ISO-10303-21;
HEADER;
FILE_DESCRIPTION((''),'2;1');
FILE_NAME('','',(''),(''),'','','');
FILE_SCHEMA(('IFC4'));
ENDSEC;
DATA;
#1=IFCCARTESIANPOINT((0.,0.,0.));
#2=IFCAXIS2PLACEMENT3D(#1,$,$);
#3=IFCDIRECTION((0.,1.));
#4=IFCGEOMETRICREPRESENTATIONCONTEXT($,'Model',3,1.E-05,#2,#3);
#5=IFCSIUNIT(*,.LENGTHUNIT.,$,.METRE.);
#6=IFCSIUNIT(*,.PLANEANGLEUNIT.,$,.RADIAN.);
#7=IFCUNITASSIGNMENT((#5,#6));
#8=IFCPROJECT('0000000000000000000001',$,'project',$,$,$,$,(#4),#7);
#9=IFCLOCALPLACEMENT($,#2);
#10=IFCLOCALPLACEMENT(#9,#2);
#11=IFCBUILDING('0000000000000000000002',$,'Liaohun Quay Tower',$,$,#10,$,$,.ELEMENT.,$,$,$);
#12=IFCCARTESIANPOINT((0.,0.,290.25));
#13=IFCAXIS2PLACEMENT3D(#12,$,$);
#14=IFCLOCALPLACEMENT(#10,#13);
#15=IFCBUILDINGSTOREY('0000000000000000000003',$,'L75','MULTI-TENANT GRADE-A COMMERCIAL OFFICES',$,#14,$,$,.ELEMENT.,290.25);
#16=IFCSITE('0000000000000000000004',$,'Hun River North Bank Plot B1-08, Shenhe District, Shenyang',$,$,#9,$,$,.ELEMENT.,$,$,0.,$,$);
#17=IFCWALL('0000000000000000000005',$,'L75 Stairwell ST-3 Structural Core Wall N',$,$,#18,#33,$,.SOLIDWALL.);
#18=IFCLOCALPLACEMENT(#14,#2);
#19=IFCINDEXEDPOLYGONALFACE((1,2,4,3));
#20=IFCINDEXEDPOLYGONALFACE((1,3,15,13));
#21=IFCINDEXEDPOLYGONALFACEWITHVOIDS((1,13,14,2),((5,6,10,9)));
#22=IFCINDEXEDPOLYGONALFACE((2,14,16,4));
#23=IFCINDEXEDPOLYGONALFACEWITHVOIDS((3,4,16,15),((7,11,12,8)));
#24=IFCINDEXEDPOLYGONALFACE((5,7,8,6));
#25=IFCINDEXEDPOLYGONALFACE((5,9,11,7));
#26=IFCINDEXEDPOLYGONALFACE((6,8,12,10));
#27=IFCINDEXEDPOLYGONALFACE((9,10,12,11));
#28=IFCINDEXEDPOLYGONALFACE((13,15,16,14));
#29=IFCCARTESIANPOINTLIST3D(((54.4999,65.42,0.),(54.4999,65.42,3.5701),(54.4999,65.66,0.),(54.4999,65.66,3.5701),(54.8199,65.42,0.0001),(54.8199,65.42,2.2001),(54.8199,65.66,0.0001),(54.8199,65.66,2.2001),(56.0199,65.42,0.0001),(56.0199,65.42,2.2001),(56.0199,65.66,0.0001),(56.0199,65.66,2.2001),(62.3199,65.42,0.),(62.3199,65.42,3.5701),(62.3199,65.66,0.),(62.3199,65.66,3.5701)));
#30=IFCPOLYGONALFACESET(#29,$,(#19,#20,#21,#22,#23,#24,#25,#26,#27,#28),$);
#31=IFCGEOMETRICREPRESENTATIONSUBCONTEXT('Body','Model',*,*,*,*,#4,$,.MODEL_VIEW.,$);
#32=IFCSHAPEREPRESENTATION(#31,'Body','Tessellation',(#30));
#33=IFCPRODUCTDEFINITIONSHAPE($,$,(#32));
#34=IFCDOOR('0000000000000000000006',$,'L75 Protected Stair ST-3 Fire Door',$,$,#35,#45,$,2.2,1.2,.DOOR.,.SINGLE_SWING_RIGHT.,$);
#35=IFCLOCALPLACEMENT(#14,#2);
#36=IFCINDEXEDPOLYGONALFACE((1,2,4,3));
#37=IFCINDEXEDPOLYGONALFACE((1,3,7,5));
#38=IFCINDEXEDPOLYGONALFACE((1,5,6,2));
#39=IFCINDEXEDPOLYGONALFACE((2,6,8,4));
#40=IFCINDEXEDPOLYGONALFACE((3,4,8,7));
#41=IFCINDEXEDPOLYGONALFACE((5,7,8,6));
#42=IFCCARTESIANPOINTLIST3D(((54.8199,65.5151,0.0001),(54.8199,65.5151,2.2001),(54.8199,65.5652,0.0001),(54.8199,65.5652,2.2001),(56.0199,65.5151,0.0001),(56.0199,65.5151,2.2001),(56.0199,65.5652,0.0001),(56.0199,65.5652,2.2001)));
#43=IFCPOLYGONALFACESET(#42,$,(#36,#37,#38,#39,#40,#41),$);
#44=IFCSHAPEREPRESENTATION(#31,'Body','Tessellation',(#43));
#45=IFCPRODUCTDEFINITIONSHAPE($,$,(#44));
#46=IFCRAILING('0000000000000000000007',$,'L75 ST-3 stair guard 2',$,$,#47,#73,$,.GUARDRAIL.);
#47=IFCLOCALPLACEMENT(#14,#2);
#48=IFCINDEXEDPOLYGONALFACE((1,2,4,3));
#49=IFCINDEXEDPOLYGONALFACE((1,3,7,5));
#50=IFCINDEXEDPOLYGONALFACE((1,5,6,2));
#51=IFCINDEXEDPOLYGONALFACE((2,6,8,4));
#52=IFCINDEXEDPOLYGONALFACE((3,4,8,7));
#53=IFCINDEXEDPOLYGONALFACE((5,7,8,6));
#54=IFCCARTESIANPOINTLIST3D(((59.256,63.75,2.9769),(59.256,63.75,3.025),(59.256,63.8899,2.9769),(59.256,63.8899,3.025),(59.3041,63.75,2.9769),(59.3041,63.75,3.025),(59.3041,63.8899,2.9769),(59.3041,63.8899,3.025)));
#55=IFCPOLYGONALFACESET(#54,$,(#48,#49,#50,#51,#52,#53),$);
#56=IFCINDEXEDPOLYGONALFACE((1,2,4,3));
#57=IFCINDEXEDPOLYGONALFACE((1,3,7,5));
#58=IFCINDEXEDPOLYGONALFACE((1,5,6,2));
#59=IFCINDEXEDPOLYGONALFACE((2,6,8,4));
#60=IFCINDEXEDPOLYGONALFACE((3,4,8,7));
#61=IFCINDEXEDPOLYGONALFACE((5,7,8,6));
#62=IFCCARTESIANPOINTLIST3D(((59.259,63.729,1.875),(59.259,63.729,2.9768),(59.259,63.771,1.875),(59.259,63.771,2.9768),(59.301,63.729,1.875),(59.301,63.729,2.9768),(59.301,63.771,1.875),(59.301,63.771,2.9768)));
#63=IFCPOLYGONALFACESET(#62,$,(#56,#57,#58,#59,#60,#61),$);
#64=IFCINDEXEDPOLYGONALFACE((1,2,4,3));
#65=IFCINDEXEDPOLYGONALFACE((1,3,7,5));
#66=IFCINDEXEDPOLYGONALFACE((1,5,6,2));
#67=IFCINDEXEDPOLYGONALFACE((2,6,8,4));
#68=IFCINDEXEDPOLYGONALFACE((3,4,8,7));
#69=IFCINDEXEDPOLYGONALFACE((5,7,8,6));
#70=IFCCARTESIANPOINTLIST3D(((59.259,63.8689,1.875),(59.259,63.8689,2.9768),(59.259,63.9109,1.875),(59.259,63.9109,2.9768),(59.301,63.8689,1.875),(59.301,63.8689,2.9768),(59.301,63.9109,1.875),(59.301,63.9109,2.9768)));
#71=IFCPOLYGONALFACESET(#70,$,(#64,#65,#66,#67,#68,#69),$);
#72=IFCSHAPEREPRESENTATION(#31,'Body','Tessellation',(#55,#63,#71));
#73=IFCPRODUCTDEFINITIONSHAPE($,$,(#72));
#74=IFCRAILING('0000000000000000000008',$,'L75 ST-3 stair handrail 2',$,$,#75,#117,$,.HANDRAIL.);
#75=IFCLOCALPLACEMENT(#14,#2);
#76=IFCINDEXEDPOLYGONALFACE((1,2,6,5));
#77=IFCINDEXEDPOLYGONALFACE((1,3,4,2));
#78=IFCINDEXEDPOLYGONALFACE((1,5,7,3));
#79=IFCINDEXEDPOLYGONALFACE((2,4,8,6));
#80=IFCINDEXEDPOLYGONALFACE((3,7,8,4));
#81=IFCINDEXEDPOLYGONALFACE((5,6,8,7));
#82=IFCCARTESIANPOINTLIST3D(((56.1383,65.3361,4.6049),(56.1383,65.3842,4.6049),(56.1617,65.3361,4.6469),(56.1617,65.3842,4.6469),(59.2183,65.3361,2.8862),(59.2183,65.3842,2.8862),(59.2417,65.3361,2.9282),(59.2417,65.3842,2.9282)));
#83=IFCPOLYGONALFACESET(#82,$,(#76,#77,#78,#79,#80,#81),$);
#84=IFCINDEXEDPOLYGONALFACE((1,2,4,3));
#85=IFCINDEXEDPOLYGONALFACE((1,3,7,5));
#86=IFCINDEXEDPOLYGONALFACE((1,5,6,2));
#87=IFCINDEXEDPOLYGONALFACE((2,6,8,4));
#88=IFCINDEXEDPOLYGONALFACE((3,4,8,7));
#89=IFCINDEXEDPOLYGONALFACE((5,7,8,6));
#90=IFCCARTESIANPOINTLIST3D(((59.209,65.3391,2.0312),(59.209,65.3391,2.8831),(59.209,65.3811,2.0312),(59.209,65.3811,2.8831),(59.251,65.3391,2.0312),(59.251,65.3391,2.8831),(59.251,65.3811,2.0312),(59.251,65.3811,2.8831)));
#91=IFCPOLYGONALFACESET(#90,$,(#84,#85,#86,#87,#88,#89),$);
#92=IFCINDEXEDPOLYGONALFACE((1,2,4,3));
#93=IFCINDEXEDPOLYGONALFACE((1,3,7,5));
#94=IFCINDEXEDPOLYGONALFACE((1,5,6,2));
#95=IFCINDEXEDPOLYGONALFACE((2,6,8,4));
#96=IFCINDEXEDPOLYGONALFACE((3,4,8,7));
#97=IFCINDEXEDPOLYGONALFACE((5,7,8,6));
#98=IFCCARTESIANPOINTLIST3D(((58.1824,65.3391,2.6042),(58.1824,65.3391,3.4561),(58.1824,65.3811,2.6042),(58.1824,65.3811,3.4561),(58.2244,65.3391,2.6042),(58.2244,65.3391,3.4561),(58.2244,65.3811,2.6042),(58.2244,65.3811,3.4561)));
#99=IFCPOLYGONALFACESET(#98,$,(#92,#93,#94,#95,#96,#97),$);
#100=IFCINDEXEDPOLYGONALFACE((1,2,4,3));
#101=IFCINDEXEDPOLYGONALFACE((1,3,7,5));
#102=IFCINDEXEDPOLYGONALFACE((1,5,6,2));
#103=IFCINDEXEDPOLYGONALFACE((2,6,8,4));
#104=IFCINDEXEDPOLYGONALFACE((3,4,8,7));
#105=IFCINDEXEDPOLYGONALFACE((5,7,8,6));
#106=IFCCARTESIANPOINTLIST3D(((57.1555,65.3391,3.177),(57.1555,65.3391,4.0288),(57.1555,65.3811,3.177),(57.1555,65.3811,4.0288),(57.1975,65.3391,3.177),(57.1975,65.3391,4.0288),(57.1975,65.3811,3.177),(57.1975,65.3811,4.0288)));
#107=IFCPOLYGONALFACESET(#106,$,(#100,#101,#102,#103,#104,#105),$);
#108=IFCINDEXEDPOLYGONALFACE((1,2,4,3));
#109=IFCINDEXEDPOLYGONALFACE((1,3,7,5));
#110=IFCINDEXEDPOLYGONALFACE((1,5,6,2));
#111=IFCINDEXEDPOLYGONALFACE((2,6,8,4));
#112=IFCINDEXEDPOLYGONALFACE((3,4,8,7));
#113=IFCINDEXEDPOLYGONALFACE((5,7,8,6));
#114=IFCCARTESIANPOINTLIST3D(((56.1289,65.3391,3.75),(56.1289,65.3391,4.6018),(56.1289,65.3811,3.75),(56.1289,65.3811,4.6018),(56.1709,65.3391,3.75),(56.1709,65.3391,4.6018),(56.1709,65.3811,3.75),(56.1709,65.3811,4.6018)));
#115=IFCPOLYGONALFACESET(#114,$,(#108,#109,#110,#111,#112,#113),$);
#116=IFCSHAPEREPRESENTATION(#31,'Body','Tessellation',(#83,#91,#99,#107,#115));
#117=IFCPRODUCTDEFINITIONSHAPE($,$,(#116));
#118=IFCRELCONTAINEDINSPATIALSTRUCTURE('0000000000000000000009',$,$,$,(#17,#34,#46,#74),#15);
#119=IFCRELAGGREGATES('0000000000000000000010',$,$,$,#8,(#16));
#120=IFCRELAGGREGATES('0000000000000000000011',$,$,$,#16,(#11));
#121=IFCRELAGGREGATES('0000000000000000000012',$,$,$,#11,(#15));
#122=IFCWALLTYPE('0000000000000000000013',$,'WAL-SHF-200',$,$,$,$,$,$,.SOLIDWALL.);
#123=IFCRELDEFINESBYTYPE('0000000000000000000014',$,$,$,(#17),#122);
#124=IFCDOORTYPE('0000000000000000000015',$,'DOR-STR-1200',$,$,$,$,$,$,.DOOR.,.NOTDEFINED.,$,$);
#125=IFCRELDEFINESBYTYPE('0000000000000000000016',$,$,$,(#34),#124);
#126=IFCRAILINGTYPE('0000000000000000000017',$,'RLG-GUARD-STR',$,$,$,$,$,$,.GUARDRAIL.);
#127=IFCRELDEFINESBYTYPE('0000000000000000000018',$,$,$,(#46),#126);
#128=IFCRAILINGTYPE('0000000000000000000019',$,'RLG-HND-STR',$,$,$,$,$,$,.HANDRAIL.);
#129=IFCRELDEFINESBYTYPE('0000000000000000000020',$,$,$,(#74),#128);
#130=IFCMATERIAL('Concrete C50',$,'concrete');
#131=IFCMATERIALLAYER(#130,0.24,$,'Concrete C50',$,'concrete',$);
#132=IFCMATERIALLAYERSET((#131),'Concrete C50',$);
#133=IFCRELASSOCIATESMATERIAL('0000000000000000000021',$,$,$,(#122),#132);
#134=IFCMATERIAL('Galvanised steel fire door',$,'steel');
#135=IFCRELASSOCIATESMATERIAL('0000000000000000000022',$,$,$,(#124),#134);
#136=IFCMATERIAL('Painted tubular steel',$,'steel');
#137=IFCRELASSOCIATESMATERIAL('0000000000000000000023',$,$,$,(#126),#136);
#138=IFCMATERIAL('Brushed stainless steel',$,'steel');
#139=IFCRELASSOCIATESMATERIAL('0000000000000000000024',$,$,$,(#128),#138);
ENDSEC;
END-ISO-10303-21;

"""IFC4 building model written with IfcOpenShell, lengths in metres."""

from ifc_helpers import new_model, si_unit, direction, frame, frame_2d, origin, origin_2d, place, context, subcontext, project, spatial, rectangle, extrude, source, transform, mapped, material, layer, layer_set, type_object, element, fill, save


model = new_model("IFC4")

# Units and contexts
model_context = context("Model", 3, precision=1e-05, world=origin(), true_north=direction((0.0, 1.0)))
body_context = subcontext(model_context, "Body", "Model", "MODEL_VIEW")
ifc_project = project(units=[si_unit("LENGTHUNIT", "METRE"), si_unit("PLANEANGLEUNIT", "RADIAN")], contexts=[model_context])

# Site, building, storey
site_placement = place(None, origin())
site = spatial("IfcSite", under=ifc_project, at=site_placement, Name="Hun River North Bank Plot B1-08, Shenhe District, Shenyang", CompositionType="ELEMENT", RefElevation=0.0)
building_placement = place(site_placement, origin())
building = spatial("IfcBuilding", under=site, at=building_placement, Name="Liaohun Quay Tower", CompositionType="ELEMENT")
storey_placement = place(building_placement, frame((0.0, 0.0, 290.25)))
storey = spatial("IfcBuildingStorey", under=building, at=storey_placement, Name="L75", Description="MULTI-TENANT GRADE-A COMMERCIAL OFFICES", CompositionType="ELEMENT", Elevation=290.25)

# Shared definitions
ifc_material_1 = material(Name="Concrete C50", Category="concrete")

# Shared definitions
ifc_layer_1 = layer(ifc_material_1, 0.24, Name="Concrete C50", Category="concrete")
ifc_layer_set_1 = layer_set([ifc_layer_1], Name="Concrete C50")
wall_type_1 = type_object("IfcWallType", Name="WAL-SHF-200", PredefinedType="SOLIDWALL", material=ifc_layer_set_1)

# Wall, opening, door
wall_1_placement = place(storey_placement, frame((62.3201, 65.54, 0.0), z_axis=(0.0, 0.0, 1.0), x_axis=(-1.0, 0.0, 0.0)))
wall_1 = element("IfcWall", 1, at=wall_1_placement, inside=storey, type_object=wall_type_1, Name="L75 Stairwell ST-3 Structural Core Wall N", PredefinedType="SOLIDWALL", context=body_context, shape_type="SweptSolid", body=[
    extrude(rectangle(XDim=7.8201, YDim=0.24, at=frame_2d((3.9102, 0.0))), origin(), (0.0, 0.0, 1.0), 3.5701),
])
shared_shape_1 = source(origin(), body_context, "Body", "SweptSolid", [
    extrude(rectangle(XDim=1.2, YDim=2.2, at=frame_2d((0.6001, 1.1001))), frame((0.0, 0.1299, 0.0), z_axis=(0.0, -1.0, 0.0), x_axis=(1.0, 0.0, 0.0)), (0.0, 0.0, 1.0), 0.26),
])
opening_1_placement = place(wall_1_placement, frame((6.3, 0.0, 0.0)))
opening_1 = element("IfcOpeningElement", 2, at=opening_1_placement, cuts=wall_1, PredefinedType="OPENING", context=body_context, shape_type="MappedRepresentation", body=[
    mapped(shared_shape_1, transform((0.0, 0.0, 0.0), x_axis=(1.0, 0.0, 0.0), y_axis=(0.0, 1.0, 0.0), z_axis=(0.0, 0.0, 1.0), scale=1.0)),
])
ifc_material_2 = material(Name="Galvanised steel fire door", Category="steel")
door_type_1 = type_object("IfcDoorType", Name="DOR-STR-1200", OperationType="NOTDEFINED", PredefinedType="DOOR", material=ifc_material_2)
shared_shape_2 = source(origin(), body_context, "Body", "SweptSolid", [
    extrude(rectangle(XDim=1.2, YDim=2.2, at=frame_2d((0.6001, 1.1001))), frame((0.0, 0.0249, 0.0), z_axis=(0.0, -1.0, 0.0), x_axis=(1.0, 0.0, 0.0)), (0.0, 0.0, 1.0), 0.05),
])
door_1_placement = place(opening_1_placement, origin())
door_1 = element("IfcDoor", 3, at=door_1_placement, inside=storey, type_object=door_type_1, Name="L75 Protected Stair ST-3 Fire Door", OperationType="SINGLE_SWING_RIGHT", OverallHeight=2.2, OverallWidth=1.2, PredefinedType="DOOR", context=body_context, shape_type="MappedRepresentation", body=[
    mapped(shared_shape_2, transform((0.0, 0.0, 0.0), x_axis=(1.0, 0.0, 0.0), y_axis=(0.0, 1.0, 0.0), z_axis=(0.0, 0.0, 1.0), scale=1.0)),
])
fill(opening_1, door_1)

# Railings
ifc_material_3 = material(Name="Painted tubular steel", Category="steel")
railing_type_1 = type_object("IfcRailingType", Name="RLG-GUARD-STR", PredefinedType="GUARDRAIL", material=ifc_material_3)
railing_1_placement = place(storey_placement, frame((59.28, 63.75, 1.875)))
element("IfcRailing", 4, at=railing_1_placement, inside=storey, type_object=railing_type_1, Name="L75 ST-3 stair guard 2", PredefinedType="GUARDRAIL", context=body_context, shape_type="SweptSolid", body=[
    extrude(rectangle(XDim=0.0481, YDim=0.0481, at=origin_2d()), frame((0.0, 0.0, 1.126), z_axis=(0.0, 1.0, 0.0), x_axis=(-1.0, 0.0, 0.0)), (0.0, 0.0, 1.0), 0.1399),
    extrude(rectangle(XDim=0.042, YDim=0.042, at=origin_2d()), origin(), (0.0, 0.0, 1.0), 1.1018),
    extrude(rectangle(XDim=0.042, YDim=0.042, at=origin_2d()), frame((0.0, 0.1399, 0.0)), (0.0, 0.0, 1.0), 1.1018),
])
ifc_material_4 = material(Name="Brushed stainless steel", Category="steel")
railing_type_2 = type_object("IfcRailingType", Name="RLG-HND-STR", PredefinedType="HANDRAIL", material=ifc_material_4)
railing_2_placement = place(storey_placement, frame((59.23, 65.3601, 2.0312)))
element("IfcRailing", 5, at=railing_2_placement, inside=storey, type_object=railing_type_2, Name="L75 ST-3 stair handrail 2", PredefinedType="HANDRAIL", context=body_context, shape_type="SweptSolid", body=[
    extrude(rectangle(XDim=0.0481, YDim=0.0481, at=origin_2d()), frame((0.0, 0.0, 0.876), z_axis=(-0.873242, 0.0, 0.487288), x_axis=(0.0, -1.0, 0.0)), (0.0, 0.0, 1.0), 3.5271),
    extrude(rectangle(XDim=0.042, YDim=0.042, at=origin_2d()), origin(), (0.0, 0.0, 1.0), 0.8518),
    extrude(rectangle(XDim=0.042, YDim=0.042, at=origin_2d()), frame((-1.0266, 0.0, 0.573)), (0.0, 0.0, 1.0), 0.8518),
    extrude(rectangle(XDim=0.042, YDim=0.042, at=origin_2d()), frame((-2.0535, 0.0, 1.1458)), (0.0, 0.0, 1.0), 0.8518),
    extrude(rectangle(XDim=0.042, YDim=0.042, at=origin_2d()), frame((-3.0801, 0.0, 1.7188)), (0.0, 0.0, 1.0), 0.8518),
])

save(model, "model.ifc")
